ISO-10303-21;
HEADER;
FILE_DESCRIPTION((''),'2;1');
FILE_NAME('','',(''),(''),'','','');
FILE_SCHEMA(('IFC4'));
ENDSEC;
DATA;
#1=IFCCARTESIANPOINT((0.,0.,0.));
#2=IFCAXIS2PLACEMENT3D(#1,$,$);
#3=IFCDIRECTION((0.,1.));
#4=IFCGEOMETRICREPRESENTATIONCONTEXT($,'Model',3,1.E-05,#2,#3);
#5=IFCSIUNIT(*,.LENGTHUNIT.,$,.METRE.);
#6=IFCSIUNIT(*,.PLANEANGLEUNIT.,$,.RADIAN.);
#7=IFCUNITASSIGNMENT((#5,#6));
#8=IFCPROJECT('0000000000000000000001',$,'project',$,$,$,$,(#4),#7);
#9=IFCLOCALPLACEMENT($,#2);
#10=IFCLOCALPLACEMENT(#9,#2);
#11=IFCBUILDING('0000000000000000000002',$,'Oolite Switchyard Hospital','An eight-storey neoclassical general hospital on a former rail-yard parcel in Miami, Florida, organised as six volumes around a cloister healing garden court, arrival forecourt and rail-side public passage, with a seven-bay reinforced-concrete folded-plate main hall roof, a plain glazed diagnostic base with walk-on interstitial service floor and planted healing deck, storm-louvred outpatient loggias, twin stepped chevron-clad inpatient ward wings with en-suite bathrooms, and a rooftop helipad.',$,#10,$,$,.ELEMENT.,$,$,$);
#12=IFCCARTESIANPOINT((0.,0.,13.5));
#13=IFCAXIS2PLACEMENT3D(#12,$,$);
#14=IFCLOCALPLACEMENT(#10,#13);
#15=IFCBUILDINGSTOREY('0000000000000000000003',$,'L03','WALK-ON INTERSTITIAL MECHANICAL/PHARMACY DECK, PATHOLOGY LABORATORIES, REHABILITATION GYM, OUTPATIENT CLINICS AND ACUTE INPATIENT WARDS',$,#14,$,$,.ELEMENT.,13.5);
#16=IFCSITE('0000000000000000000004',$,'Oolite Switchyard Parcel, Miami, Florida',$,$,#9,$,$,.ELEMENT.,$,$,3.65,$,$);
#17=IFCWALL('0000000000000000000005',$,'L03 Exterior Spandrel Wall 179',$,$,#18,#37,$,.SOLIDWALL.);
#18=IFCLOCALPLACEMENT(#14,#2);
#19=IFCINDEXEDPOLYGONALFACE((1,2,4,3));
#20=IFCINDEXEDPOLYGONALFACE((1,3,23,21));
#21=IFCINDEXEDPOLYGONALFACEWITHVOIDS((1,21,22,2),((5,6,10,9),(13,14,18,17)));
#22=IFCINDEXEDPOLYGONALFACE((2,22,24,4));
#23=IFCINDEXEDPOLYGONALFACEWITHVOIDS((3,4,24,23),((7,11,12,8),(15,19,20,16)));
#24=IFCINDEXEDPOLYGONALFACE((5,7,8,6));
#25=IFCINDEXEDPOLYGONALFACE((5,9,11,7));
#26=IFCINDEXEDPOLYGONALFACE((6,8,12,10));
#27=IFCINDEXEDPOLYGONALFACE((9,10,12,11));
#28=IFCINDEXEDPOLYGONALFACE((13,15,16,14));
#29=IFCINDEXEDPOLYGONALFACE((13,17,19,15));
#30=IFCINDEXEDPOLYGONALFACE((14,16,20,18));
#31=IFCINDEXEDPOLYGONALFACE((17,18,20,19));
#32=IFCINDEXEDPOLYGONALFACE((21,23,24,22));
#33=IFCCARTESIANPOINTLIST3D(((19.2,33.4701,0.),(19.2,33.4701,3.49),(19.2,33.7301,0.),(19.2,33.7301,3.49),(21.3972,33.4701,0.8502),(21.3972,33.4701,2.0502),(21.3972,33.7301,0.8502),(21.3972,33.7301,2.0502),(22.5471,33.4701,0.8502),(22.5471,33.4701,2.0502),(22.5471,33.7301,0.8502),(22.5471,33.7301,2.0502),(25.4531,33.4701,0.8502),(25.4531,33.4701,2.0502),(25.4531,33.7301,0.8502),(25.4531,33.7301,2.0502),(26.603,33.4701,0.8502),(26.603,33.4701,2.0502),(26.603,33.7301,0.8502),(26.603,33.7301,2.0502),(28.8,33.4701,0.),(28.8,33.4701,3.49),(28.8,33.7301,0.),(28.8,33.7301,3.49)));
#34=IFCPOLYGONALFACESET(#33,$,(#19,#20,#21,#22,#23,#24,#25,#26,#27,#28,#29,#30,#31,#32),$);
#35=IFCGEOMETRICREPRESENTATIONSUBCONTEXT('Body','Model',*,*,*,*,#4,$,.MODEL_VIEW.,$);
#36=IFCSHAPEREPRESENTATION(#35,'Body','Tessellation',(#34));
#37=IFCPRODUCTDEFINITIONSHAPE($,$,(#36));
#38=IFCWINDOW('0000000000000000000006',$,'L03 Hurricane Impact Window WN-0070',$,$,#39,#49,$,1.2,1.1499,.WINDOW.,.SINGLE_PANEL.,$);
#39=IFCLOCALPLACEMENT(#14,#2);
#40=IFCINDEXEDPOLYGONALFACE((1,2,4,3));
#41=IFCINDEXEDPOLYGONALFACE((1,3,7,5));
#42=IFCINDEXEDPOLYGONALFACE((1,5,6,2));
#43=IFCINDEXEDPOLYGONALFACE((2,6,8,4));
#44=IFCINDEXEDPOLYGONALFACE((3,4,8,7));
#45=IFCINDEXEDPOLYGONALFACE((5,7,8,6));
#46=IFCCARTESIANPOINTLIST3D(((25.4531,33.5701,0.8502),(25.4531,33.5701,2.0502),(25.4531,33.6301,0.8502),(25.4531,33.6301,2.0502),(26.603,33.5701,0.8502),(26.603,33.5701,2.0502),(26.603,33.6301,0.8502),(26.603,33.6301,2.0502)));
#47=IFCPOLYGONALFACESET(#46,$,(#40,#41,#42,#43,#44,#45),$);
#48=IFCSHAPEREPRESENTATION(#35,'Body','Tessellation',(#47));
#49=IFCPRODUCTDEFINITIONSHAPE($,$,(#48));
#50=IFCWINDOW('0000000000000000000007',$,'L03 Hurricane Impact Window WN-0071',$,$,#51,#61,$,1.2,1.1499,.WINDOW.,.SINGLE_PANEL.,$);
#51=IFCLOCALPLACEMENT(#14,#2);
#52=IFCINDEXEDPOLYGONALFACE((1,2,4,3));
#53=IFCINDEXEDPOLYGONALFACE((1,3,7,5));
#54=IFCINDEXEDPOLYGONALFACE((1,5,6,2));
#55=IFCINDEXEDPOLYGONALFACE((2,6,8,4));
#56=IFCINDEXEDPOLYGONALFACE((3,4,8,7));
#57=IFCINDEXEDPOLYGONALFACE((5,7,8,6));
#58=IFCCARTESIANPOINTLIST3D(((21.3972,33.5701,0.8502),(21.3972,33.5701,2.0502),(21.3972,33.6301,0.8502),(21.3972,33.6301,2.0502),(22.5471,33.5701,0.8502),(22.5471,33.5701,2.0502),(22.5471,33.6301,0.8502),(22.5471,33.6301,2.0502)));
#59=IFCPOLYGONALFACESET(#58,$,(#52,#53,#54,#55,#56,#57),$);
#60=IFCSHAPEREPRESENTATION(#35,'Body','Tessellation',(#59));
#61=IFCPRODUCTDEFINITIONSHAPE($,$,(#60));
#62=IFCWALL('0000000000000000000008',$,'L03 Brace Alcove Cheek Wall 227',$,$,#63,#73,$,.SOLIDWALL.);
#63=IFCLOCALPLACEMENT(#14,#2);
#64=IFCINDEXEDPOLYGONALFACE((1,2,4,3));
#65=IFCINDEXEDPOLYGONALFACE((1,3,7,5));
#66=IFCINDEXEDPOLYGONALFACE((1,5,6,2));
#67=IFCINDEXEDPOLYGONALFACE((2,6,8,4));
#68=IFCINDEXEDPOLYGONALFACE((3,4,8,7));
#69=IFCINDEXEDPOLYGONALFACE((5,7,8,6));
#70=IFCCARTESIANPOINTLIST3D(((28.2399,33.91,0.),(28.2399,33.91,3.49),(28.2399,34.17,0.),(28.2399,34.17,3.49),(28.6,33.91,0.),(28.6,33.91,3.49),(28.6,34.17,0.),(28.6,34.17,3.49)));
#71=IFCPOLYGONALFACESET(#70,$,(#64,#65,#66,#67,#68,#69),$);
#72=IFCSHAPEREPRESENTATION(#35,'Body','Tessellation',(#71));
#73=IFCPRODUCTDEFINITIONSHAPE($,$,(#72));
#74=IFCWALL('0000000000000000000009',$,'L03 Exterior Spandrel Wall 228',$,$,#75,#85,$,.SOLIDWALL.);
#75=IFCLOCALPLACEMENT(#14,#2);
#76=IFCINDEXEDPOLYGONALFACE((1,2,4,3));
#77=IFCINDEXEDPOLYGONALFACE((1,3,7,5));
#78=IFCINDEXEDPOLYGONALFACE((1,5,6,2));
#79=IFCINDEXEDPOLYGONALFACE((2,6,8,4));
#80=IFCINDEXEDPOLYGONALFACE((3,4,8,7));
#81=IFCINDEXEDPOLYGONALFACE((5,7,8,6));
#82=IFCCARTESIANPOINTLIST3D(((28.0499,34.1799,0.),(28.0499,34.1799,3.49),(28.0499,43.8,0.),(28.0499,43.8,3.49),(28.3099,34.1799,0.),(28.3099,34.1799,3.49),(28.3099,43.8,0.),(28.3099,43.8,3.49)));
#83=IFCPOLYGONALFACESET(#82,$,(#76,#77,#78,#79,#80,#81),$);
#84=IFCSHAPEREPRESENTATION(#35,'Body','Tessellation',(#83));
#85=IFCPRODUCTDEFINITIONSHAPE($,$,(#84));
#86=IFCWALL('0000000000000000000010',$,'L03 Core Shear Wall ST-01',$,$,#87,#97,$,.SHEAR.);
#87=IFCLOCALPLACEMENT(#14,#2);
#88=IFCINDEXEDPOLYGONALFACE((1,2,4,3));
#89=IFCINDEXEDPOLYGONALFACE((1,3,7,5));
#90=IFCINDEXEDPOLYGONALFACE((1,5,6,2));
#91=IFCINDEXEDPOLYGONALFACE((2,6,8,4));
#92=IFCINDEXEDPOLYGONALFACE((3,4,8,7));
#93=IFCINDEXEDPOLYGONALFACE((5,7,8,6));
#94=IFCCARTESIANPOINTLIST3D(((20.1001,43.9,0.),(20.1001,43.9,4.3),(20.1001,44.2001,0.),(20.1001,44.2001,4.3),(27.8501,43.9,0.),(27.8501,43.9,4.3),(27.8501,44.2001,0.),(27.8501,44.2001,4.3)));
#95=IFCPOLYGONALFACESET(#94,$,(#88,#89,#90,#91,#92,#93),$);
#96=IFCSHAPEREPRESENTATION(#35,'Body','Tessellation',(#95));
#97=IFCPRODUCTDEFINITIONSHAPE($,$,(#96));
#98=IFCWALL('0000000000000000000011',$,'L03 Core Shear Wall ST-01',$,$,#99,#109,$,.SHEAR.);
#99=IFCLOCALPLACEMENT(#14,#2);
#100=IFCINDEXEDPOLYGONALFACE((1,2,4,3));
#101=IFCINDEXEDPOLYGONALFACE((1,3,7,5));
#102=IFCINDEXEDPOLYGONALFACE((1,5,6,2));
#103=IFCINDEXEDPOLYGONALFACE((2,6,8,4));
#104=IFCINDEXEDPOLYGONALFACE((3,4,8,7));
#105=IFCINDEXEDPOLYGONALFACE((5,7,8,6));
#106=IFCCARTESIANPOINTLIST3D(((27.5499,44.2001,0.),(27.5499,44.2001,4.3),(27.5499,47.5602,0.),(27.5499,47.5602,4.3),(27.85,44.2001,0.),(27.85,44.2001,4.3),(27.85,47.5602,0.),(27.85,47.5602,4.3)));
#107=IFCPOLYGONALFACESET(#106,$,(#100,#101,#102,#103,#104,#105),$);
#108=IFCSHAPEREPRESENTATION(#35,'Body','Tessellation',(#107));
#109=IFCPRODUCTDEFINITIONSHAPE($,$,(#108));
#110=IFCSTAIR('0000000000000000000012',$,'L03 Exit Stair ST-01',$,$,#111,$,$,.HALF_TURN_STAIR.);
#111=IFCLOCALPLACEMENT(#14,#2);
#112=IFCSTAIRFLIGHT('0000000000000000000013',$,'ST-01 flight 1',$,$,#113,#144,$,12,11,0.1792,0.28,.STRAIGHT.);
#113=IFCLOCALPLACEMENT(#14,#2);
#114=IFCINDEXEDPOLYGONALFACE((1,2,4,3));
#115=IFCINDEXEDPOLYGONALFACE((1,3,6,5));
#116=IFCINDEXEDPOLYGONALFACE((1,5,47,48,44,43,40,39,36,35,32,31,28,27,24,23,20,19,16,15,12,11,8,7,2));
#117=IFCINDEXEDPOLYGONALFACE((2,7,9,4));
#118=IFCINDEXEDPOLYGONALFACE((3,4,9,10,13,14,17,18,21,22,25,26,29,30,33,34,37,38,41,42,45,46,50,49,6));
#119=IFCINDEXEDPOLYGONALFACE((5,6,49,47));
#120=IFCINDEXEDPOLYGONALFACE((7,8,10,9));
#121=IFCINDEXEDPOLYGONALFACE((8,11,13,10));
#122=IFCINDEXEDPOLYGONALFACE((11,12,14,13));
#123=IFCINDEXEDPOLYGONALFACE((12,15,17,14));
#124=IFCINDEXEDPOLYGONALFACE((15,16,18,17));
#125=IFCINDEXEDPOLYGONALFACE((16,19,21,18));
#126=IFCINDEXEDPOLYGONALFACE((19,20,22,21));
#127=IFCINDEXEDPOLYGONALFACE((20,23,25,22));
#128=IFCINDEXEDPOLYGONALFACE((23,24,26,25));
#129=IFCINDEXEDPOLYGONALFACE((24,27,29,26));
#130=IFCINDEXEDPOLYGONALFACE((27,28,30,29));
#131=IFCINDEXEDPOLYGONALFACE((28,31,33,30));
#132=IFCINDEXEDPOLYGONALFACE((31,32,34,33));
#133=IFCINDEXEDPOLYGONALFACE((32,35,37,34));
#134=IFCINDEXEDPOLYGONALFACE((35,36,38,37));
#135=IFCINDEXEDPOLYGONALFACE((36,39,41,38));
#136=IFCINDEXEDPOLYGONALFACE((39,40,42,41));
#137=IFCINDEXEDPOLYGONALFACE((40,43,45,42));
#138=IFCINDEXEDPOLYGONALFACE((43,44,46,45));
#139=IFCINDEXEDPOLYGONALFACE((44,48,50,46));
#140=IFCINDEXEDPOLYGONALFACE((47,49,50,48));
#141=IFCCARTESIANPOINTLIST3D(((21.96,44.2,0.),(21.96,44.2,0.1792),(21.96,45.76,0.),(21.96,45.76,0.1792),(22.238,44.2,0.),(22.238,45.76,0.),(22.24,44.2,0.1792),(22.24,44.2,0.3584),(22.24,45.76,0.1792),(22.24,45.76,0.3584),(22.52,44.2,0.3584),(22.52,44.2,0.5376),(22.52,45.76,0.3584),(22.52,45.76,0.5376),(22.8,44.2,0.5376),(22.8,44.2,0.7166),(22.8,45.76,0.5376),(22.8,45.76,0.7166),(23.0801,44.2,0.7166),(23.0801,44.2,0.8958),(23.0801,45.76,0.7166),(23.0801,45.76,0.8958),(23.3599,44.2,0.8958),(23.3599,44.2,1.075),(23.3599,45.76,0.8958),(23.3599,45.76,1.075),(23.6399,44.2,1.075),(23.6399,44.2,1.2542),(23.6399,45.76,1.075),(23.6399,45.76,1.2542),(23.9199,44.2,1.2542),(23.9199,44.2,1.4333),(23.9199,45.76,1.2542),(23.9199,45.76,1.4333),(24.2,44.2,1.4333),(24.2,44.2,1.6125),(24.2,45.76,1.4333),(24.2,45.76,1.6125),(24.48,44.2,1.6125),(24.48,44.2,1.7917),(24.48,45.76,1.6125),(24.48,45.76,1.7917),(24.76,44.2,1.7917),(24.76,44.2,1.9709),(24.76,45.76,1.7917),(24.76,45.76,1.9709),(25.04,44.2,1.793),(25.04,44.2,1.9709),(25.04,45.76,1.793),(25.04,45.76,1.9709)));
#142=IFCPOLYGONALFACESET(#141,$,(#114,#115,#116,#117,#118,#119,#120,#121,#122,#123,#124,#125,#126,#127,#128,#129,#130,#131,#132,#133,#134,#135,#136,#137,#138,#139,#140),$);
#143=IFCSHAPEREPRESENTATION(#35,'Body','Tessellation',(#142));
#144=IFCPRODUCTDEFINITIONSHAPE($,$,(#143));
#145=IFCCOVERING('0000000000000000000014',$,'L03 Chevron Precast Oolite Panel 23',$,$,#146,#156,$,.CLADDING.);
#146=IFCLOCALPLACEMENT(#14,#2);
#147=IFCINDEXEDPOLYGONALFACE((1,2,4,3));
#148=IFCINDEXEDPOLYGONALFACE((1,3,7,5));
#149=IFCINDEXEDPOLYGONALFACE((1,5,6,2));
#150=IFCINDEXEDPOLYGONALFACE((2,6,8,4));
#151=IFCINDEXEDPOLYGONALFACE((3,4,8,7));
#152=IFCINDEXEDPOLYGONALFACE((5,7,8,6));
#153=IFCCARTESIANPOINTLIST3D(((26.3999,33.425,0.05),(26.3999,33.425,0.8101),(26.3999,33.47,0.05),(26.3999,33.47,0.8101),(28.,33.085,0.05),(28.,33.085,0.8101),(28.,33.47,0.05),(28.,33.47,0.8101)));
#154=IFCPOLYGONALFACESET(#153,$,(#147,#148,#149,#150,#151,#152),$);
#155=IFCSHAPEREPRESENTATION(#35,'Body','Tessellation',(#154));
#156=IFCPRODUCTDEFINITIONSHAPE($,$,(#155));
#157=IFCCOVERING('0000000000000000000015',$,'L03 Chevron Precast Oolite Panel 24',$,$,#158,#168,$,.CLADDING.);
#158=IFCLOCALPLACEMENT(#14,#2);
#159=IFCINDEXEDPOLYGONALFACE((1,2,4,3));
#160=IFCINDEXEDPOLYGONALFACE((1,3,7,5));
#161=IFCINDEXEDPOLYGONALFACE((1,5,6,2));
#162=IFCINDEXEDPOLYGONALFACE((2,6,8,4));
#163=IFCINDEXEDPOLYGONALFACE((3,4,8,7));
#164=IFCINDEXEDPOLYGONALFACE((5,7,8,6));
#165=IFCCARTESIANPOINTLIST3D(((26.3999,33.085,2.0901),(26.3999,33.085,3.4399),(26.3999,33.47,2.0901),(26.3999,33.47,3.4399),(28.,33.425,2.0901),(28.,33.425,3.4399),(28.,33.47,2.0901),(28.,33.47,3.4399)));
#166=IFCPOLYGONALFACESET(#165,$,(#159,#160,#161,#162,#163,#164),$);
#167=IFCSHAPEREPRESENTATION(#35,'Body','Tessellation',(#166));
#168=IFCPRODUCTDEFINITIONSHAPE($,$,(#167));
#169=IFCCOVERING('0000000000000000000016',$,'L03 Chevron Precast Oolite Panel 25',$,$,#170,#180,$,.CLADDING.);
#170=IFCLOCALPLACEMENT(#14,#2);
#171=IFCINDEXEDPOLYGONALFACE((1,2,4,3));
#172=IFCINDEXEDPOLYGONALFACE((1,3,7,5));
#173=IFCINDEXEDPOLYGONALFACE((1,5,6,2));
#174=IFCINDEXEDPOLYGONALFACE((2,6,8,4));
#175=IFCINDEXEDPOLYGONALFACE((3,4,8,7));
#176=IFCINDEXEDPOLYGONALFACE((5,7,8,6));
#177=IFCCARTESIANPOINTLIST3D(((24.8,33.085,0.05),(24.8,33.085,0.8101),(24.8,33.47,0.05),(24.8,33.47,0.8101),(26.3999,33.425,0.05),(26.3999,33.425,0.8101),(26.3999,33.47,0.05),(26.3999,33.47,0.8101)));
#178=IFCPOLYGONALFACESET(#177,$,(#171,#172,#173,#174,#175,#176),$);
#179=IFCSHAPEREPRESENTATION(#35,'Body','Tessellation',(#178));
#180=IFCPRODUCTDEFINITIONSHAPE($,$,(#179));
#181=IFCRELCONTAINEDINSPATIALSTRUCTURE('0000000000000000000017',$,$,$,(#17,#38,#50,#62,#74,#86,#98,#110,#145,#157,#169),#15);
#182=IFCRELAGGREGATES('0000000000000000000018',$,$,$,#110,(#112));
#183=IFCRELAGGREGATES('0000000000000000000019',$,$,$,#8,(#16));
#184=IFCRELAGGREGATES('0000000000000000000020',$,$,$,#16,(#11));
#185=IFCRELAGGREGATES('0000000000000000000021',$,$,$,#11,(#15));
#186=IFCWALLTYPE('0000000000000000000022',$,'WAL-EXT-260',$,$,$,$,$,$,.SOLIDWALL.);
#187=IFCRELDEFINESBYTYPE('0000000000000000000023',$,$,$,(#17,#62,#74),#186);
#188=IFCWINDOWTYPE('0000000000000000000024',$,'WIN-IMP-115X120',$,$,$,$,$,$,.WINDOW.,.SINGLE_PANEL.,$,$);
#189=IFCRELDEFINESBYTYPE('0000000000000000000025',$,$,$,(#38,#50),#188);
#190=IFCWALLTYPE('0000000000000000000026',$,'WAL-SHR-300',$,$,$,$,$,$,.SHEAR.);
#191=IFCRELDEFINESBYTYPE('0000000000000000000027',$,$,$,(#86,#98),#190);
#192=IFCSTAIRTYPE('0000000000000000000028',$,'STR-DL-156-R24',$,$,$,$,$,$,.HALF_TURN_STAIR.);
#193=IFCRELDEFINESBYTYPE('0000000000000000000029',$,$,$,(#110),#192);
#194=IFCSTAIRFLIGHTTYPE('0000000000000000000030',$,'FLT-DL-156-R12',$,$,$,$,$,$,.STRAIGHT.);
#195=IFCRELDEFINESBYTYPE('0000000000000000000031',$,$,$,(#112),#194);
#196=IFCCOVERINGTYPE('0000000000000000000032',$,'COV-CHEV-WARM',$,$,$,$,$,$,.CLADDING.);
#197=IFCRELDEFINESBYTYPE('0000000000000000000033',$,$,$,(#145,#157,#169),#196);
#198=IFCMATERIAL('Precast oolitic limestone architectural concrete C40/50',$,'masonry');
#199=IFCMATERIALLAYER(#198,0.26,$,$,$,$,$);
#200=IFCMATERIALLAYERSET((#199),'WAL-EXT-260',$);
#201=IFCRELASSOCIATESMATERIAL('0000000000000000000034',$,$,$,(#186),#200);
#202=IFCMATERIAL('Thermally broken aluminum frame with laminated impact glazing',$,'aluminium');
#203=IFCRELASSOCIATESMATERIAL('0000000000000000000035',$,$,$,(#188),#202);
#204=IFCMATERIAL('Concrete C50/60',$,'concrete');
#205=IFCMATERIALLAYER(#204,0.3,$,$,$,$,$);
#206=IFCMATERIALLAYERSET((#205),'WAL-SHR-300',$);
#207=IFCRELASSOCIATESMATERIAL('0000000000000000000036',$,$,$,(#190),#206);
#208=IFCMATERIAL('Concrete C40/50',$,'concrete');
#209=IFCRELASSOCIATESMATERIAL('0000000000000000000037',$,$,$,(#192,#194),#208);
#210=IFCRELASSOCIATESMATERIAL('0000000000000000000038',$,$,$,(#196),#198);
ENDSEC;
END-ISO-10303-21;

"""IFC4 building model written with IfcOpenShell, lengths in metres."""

from ifc_helpers import new_model, si_unit, direction, frame, frame_2d, origin, place, context, subcontext, project, spatial, polyline, rectangle, outline, extrude, material, layer, layer_set, type_object, element, fill, aggregate, save


model = new_model("IFC4")

# Units and contexts
model_context = context("Model", 3, precision=1e-05, world=origin(), true_north=direction((0.0, 1.0)))
body_context = subcontext(model_context, "Body", "Model", "MODEL_VIEW")
ifc_project = project(units=[si_unit("LENGTHUNIT", "METRE"), si_unit("PLANEANGLEUNIT", "RADIAN")], contexts=[model_context])

# Site, building, storey
site_placement = place(None, origin())
site = spatial("IfcSite", under=ifc_project, at=site_placement, Name="Oolite Switchyard Parcel, Miami, Florida", CompositionType="ELEMENT", RefElevation=3.65)
building_placement = place(site_placement, origin())
building = spatial("IfcBuilding", under=site, at=building_placement, Name="Oolite Switchyard Hospital", Description="An eight-storey neoclassical general hospital on a former rail-yard parcel in Miami, Florida, organised as six volumes around a cloister healing garden court, arrival forecourt and rail-side public passage, with a seven-bay reinforced-concrete folded-plate main hall roof, a plain glazed diagnostic base with walk-on interstitial service floor and planted healing deck, storm-louvred outpatient loggias, twin stepped chevron-clad inpatient ward wings with en-suite bathrooms, and a rooftop helipad.", CompositionType="ELEMENT")
storey_placement = place(building_placement, frame((0.0, 0.0, 13.5)))
storey = spatial("IfcBuildingStorey", under=building, at=storey_placement, Name="L03", Description="WALK-ON INTERSTITIAL MECHANICAL/PHARMACY DECK, PATHOLOGY LABORATORIES, REHABILITATION GYM, OUTPATIENT CLINICS AND ACUTE INPATIENT WARDS", CompositionType="ELEMENT", Elevation=13.5)

# Shared definitions
ifc_material_1 = material(Name="Concrete C50/60", Category="concrete")

# Shared definitions
ifc_material_2 = material(Name="Concrete C40/50", Category="concrete")

# Wall, openings, windows
ifc_material_3 = material(Name="Precast oolitic limestone architectural concrete C40/50", Category="masonry")
ifc_layer_1 = layer(ifc_material_3, 0.26)
ifc_layer_set_1 = layer_set([ifc_layer_1], Name="WAL-EXT-260")
wall_type_1 = type_object("IfcWallType", Name="WAL-EXT-260", PredefinedType="SOLIDWALL", material=ifc_layer_set_1)
wall_1_placement = place(storey_placement, frame((28.8, 33.6001, 0.0), z_axis=(0.0, 0.0, 1.0), x_axis=(-1.0, 0.0, 0.0)))
wall_1 = element("IfcWall", 1, at=wall_1_placement, inside=storey, type_object=wall_type_1, Name="L03 Exterior Spandrel Wall 179", PredefinedType="SOLIDWALL", context=body_context, shape_type="SweptSolid", body=[
    extrude(rectangle(XDim=9.6001, YDim=0.26, at=frame_2d((4.8, 0.0))), origin(), (0.0, 0.0, 1.0), 3.49),
])
opening_1_placement = place(wall_1_placement, frame((2.197, 0.0, 0.8501)))
opening_1 = element("IfcOpeningElement", 2, at=opening_1_placement, cuts=wall_1, PredefinedType="OPENING", context=body_context, shape_type="SweptSolid", body=[
    extrude(rectangle(XDim=1.1499, YDim=1.2, at=frame_2d((0.575, 0.6001))), frame((0.0, 0.1401, 0.0), z_axis=(0.0, -1.0, 0.0), x_axis=(1.0, 0.0, 0.0)), (0.0, 0.0, 1.0), 0.28),
])
opening_2_placement = place(wall_1_placement, frame((6.2529, 0.0, 0.8501)))
opening_2 = element("IfcOpeningElement", 3, at=opening_2_placement, cuts=wall_1, PredefinedType="OPENING", context=body_context, shape_type="SweptSolid", body=[
    extrude(rectangle(XDim=1.1499, YDim=1.2, at=frame_2d((0.575, 0.6001))), frame((0.0, 0.1401, 0.0), z_axis=(0.0, -1.0, 0.0), x_axis=(1.0, 0.0, 0.0)), (0.0, 0.0, 1.0), 0.28),
])
ifc_material_4 = material(Name="Thermally broken aluminum frame with laminated impact glazing", Category="aluminium")
window_type = type_object("IfcWindowType", Name="WIN-IMP-115X120", PartitioningType="SINGLE_PANEL", PredefinedType="WINDOW", material=ifc_material_4)
window_1_placement = place(opening_1_placement, origin())
window_1 = element("IfcWindow", 4, at=window_1_placement, inside=storey, type_object=window_type, Name="L03 Hurricane Impact Window WN-0070", OverallHeight=1.2, OverallWidth=1.1499, PartitioningType="SINGLE_PANEL", PredefinedType="WINDOW", context=body_context, shape_type="SweptSolid", body=[
    extrude(rectangle(XDim=1.1499, YDim=1.2, at=frame_2d((0.575, 0.6001))), frame((0.0, 0.03, 0.0), z_axis=(0.0, -1.0, 0.0), x_axis=(1.0, 0.0, 0.0)), (0.0, 0.0, 1.0), 0.0601),
])
fill(opening_1, window_1)
window_2_placement = place(opening_2_placement, origin())
window_2 = element("IfcWindow", 5, at=window_2_placement, inside=storey, type_object=window_type, Name="L03 Hurricane Impact Window WN-0071", OverallHeight=1.2, OverallWidth=1.1499, PartitioningType="SINGLE_PANEL", PredefinedType="WINDOW", context=body_context, shape_type="SweptSolid", body=[
    extrude(rectangle(XDim=1.1499, YDim=1.2, at=frame_2d((0.575, 0.6001))), frame((0.0, 0.03, 0.0), z_axis=(0.0, -1.0, 0.0), x_axis=(1.0, 0.0, 0.0)), (0.0, 0.0, 1.0), 0.0601),
])
fill(opening_2, window_2)

# Walls
wall_2_placement = place(storey_placement, frame((28.6001, 34.04, 0.0), z_axis=(0.0, 0.0, 1.0), x_axis=(-1.0, 0.0, 0.0)))
element("IfcWall", 6, at=wall_2_placement, inside=storey, type_object=wall_type_1, Name="L03 Brace Alcove Cheek Wall 227", PredefinedType="SOLIDWALL", context=body_context, shape_type="SweptSolid", body=[
    extrude(rectangle(XDim=0.3601, YDim=0.26, at=frame_2d((0.1802, 0.0))), origin(), (0.0, 0.0, 1.0), 3.49),
])
wall_3_placement = place(storey_placement, frame((28.1799, 43.8, 0.0), z_axis=(0.0, 0.0, 1.0), x_axis=(0.0, -1.0, 0.0)))
element("IfcWall", 7, at=wall_3_placement, inside=storey, type_object=wall_type_1, Name="L03 Exterior Spandrel Wall 228", PredefinedType="SOLIDWALL", context=body_context, shape_type="SweptSolid", body=[
    extrude(rectangle(XDim=9.6201, YDim=0.26, at=frame_2d((4.8101, 0.0))), origin(), (0.0, 0.0, 1.0), 3.49),
])
ifc_layer_2 = layer(ifc_material_1, 0.3)
ifc_layer_set_2 = layer_set([ifc_layer_2], Name="WAL-SHR-300")
wall_type_2 = type_object("IfcWallType", Name="WAL-SHR-300", PredefinedType="SHEAR", material=ifc_layer_set_2)
wall_4_placement = place(storey_placement, frame((20.1001, 44.05, 0.0), z_axis=(0.0, 0.0, 1.0), x_axis=(1.0, 0.0, 0.0)))
element("IfcWall", 8, at=wall_4_placement, inside=storey, type_object=wall_type_2, Name="L03 Core Shear Wall ST-01", PredefinedType="SHEAR", context=body_context, shape_type="SweptSolid", body=[
    extrude(rectangle(XDim=7.75, YDim=0.3, at=frame_2d((3.875, 0.0))), origin(), (0.0, 0.0, 1.0), 4.3),
])
wall_5_placement = place(storey_placement, frame((27.7, 44.2, 0.0), z_axis=(0.0, 0.0, 1.0), x_axis=(0.0, 1.0, 0.0)))
element("IfcWall", 9, at=wall_5_placement, inside=storey, type_object=wall_type_2, Name="L03 Core Shear Wall ST-01", PredefinedType="SHEAR", context=body_context, shape_type="SweptSolid", body=[
    extrude(rectangle(XDim=3.3601, YDim=0.3, at=frame_2d((1.6802, 0.0))), origin(), (0.0, 0.0, 1.0), 4.3),
])

# Stair, stair flight
stair_type = type_object("IfcStairType", Name="STR-DL-156-R24", PredefinedType="HALF_TURN_STAIR", material=ifc_material_2)
stair_placement = place(storey_placement, origin())
stair = element("IfcStair", 10, at=stair_placement, inside=storey, type_object=stair_type, Name="L03 Exit Stair ST-01", PredefinedType="HALF_TURN_STAIR")
stair_flight_type = type_object("IfcStairFlightType", Name="FLT-DL-156-R12", PredefinedType="STRAIGHT", material=ifc_material_2)
stair_flight_placement = place(storey_placement, frame((21.96, 44.98, 0.0), z_axis=(0.0, 0.0, 1.0), x_axis=(1.0, 0.0, 0.0)))
stair_flight = element("IfcStairFlight", 11, at=stair_flight_placement, type_object=stair_flight_type, Name="ST-01 flight 1", NumberOfRisers=12, NumberOfTreads=11, PredefinedType="STRAIGHT", RiserHeight=0.1792, TreadLength=0.28, context=body_context, shape_type="SweptSolid", body=[
    extrude(outline(polyline([(0.0, 0.0), (0.0, 0.1792), (0.28, 0.1792), (0.28, 0.3584), (0.5601, 0.3584), (0.5601, 0.5376), (0.8401, 0.5376), (0.8401, 0.7166), (1.1201, 0.7166), (1.1201, 0.8958), (1.3999, 0.8958), (1.3999, 1.075), (1.6799, 1.075), (1.6799, 1.2542), (1.96, 1.2542), (1.96, 1.4333), (2.24, 1.4333), (2.24, 1.6125), (2.52, 1.6125), (2.52, 1.7917), (2.8, 1.7917), (2.8, 1.9709), (3.0801, 1.9709), (3.0801, 2.1499), (3.0801, 1.793), (0.2781, 0.0), (0.0, 0.0)])), frame((0.0, 0.78, 0.0), z_axis=(0.0, -1.0, 0.0), x_axis=(1.0, 0.0, 0.0)), (0.0, 0.0, 1.0), 1.5601),
])
aggregate(stair, [stair_flight])

# Coverings
covering_type = type_object("IfcCoveringType", Name="COV-CHEV-WARM", PredefinedType="CLADDING", material=ifc_material_3)
covering_1_placement = place(storey_placement, frame((28.0, 33.47, 0.05), z_axis=(0.0, 0.0, 1.0), x_axis=(-1.0, 0.0, 0.0)))
element("IfcCovering", 12, at=covering_1_placement, inside=storey, type_object=covering_type, Name="L03 Chevron Precast Oolite Panel 23", PredefinedType="CLADDING", context=body_context, shape_type="SweptSolid", body=[
    extrude(outline(polyline([(0.0, 0.0), (1.6001, 0.0), (1.6001, 0.0449), (0.0, 0.385), (0.0, 0.0)])), origin(), (0.0, 0.0, 1.0), 0.76),
])
covering_2_placement = place(storey_placement, frame((28.0, 33.47, 2.0901), z_axis=(0.0, 0.0, 1.0), x_axis=(-1.0, 0.0, 0.0)))
element("IfcCovering", 13, at=covering_2_placement, inside=storey, type_object=covering_type, Name="L03 Chevron Precast Oolite Panel 24", PredefinedType="CLADDING", context=body_context, shape_type="SweptSolid", body=[
    extrude(outline(polyline([(0.0, 0.0), (1.6001, 0.0), (1.6001, 0.385), (0.0, 0.0449), (0.0, 0.0)])), origin(), (0.0, 0.0, 1.0), 1.3499),
])
covering_3_placement = place(storey_placement, frame((26.3999, 33.47, 0.05), z_axis=(0.0, 0.0, 1.0), x_axis=(-1.0, 0.0, 0.0)))
element("IfcCovering", 14, at=covering_3_placement, inside=storey, type_object=covering_type, Name="L03 Chevron Precast Oolite Panel 25", PredefinedType="CLADDING", context=body_context, shape_type="SweptSolid", body=[
    extrude(outline(polyline([(0.0, 0.0), (1.5999, 0.0), (1.5999, 0.385), (0.0, 0.0449), (0.0, 0.0)])), origin(), (0.0, 0.0, 1.0), 0.76),
])

save(model, "model.ifc")
